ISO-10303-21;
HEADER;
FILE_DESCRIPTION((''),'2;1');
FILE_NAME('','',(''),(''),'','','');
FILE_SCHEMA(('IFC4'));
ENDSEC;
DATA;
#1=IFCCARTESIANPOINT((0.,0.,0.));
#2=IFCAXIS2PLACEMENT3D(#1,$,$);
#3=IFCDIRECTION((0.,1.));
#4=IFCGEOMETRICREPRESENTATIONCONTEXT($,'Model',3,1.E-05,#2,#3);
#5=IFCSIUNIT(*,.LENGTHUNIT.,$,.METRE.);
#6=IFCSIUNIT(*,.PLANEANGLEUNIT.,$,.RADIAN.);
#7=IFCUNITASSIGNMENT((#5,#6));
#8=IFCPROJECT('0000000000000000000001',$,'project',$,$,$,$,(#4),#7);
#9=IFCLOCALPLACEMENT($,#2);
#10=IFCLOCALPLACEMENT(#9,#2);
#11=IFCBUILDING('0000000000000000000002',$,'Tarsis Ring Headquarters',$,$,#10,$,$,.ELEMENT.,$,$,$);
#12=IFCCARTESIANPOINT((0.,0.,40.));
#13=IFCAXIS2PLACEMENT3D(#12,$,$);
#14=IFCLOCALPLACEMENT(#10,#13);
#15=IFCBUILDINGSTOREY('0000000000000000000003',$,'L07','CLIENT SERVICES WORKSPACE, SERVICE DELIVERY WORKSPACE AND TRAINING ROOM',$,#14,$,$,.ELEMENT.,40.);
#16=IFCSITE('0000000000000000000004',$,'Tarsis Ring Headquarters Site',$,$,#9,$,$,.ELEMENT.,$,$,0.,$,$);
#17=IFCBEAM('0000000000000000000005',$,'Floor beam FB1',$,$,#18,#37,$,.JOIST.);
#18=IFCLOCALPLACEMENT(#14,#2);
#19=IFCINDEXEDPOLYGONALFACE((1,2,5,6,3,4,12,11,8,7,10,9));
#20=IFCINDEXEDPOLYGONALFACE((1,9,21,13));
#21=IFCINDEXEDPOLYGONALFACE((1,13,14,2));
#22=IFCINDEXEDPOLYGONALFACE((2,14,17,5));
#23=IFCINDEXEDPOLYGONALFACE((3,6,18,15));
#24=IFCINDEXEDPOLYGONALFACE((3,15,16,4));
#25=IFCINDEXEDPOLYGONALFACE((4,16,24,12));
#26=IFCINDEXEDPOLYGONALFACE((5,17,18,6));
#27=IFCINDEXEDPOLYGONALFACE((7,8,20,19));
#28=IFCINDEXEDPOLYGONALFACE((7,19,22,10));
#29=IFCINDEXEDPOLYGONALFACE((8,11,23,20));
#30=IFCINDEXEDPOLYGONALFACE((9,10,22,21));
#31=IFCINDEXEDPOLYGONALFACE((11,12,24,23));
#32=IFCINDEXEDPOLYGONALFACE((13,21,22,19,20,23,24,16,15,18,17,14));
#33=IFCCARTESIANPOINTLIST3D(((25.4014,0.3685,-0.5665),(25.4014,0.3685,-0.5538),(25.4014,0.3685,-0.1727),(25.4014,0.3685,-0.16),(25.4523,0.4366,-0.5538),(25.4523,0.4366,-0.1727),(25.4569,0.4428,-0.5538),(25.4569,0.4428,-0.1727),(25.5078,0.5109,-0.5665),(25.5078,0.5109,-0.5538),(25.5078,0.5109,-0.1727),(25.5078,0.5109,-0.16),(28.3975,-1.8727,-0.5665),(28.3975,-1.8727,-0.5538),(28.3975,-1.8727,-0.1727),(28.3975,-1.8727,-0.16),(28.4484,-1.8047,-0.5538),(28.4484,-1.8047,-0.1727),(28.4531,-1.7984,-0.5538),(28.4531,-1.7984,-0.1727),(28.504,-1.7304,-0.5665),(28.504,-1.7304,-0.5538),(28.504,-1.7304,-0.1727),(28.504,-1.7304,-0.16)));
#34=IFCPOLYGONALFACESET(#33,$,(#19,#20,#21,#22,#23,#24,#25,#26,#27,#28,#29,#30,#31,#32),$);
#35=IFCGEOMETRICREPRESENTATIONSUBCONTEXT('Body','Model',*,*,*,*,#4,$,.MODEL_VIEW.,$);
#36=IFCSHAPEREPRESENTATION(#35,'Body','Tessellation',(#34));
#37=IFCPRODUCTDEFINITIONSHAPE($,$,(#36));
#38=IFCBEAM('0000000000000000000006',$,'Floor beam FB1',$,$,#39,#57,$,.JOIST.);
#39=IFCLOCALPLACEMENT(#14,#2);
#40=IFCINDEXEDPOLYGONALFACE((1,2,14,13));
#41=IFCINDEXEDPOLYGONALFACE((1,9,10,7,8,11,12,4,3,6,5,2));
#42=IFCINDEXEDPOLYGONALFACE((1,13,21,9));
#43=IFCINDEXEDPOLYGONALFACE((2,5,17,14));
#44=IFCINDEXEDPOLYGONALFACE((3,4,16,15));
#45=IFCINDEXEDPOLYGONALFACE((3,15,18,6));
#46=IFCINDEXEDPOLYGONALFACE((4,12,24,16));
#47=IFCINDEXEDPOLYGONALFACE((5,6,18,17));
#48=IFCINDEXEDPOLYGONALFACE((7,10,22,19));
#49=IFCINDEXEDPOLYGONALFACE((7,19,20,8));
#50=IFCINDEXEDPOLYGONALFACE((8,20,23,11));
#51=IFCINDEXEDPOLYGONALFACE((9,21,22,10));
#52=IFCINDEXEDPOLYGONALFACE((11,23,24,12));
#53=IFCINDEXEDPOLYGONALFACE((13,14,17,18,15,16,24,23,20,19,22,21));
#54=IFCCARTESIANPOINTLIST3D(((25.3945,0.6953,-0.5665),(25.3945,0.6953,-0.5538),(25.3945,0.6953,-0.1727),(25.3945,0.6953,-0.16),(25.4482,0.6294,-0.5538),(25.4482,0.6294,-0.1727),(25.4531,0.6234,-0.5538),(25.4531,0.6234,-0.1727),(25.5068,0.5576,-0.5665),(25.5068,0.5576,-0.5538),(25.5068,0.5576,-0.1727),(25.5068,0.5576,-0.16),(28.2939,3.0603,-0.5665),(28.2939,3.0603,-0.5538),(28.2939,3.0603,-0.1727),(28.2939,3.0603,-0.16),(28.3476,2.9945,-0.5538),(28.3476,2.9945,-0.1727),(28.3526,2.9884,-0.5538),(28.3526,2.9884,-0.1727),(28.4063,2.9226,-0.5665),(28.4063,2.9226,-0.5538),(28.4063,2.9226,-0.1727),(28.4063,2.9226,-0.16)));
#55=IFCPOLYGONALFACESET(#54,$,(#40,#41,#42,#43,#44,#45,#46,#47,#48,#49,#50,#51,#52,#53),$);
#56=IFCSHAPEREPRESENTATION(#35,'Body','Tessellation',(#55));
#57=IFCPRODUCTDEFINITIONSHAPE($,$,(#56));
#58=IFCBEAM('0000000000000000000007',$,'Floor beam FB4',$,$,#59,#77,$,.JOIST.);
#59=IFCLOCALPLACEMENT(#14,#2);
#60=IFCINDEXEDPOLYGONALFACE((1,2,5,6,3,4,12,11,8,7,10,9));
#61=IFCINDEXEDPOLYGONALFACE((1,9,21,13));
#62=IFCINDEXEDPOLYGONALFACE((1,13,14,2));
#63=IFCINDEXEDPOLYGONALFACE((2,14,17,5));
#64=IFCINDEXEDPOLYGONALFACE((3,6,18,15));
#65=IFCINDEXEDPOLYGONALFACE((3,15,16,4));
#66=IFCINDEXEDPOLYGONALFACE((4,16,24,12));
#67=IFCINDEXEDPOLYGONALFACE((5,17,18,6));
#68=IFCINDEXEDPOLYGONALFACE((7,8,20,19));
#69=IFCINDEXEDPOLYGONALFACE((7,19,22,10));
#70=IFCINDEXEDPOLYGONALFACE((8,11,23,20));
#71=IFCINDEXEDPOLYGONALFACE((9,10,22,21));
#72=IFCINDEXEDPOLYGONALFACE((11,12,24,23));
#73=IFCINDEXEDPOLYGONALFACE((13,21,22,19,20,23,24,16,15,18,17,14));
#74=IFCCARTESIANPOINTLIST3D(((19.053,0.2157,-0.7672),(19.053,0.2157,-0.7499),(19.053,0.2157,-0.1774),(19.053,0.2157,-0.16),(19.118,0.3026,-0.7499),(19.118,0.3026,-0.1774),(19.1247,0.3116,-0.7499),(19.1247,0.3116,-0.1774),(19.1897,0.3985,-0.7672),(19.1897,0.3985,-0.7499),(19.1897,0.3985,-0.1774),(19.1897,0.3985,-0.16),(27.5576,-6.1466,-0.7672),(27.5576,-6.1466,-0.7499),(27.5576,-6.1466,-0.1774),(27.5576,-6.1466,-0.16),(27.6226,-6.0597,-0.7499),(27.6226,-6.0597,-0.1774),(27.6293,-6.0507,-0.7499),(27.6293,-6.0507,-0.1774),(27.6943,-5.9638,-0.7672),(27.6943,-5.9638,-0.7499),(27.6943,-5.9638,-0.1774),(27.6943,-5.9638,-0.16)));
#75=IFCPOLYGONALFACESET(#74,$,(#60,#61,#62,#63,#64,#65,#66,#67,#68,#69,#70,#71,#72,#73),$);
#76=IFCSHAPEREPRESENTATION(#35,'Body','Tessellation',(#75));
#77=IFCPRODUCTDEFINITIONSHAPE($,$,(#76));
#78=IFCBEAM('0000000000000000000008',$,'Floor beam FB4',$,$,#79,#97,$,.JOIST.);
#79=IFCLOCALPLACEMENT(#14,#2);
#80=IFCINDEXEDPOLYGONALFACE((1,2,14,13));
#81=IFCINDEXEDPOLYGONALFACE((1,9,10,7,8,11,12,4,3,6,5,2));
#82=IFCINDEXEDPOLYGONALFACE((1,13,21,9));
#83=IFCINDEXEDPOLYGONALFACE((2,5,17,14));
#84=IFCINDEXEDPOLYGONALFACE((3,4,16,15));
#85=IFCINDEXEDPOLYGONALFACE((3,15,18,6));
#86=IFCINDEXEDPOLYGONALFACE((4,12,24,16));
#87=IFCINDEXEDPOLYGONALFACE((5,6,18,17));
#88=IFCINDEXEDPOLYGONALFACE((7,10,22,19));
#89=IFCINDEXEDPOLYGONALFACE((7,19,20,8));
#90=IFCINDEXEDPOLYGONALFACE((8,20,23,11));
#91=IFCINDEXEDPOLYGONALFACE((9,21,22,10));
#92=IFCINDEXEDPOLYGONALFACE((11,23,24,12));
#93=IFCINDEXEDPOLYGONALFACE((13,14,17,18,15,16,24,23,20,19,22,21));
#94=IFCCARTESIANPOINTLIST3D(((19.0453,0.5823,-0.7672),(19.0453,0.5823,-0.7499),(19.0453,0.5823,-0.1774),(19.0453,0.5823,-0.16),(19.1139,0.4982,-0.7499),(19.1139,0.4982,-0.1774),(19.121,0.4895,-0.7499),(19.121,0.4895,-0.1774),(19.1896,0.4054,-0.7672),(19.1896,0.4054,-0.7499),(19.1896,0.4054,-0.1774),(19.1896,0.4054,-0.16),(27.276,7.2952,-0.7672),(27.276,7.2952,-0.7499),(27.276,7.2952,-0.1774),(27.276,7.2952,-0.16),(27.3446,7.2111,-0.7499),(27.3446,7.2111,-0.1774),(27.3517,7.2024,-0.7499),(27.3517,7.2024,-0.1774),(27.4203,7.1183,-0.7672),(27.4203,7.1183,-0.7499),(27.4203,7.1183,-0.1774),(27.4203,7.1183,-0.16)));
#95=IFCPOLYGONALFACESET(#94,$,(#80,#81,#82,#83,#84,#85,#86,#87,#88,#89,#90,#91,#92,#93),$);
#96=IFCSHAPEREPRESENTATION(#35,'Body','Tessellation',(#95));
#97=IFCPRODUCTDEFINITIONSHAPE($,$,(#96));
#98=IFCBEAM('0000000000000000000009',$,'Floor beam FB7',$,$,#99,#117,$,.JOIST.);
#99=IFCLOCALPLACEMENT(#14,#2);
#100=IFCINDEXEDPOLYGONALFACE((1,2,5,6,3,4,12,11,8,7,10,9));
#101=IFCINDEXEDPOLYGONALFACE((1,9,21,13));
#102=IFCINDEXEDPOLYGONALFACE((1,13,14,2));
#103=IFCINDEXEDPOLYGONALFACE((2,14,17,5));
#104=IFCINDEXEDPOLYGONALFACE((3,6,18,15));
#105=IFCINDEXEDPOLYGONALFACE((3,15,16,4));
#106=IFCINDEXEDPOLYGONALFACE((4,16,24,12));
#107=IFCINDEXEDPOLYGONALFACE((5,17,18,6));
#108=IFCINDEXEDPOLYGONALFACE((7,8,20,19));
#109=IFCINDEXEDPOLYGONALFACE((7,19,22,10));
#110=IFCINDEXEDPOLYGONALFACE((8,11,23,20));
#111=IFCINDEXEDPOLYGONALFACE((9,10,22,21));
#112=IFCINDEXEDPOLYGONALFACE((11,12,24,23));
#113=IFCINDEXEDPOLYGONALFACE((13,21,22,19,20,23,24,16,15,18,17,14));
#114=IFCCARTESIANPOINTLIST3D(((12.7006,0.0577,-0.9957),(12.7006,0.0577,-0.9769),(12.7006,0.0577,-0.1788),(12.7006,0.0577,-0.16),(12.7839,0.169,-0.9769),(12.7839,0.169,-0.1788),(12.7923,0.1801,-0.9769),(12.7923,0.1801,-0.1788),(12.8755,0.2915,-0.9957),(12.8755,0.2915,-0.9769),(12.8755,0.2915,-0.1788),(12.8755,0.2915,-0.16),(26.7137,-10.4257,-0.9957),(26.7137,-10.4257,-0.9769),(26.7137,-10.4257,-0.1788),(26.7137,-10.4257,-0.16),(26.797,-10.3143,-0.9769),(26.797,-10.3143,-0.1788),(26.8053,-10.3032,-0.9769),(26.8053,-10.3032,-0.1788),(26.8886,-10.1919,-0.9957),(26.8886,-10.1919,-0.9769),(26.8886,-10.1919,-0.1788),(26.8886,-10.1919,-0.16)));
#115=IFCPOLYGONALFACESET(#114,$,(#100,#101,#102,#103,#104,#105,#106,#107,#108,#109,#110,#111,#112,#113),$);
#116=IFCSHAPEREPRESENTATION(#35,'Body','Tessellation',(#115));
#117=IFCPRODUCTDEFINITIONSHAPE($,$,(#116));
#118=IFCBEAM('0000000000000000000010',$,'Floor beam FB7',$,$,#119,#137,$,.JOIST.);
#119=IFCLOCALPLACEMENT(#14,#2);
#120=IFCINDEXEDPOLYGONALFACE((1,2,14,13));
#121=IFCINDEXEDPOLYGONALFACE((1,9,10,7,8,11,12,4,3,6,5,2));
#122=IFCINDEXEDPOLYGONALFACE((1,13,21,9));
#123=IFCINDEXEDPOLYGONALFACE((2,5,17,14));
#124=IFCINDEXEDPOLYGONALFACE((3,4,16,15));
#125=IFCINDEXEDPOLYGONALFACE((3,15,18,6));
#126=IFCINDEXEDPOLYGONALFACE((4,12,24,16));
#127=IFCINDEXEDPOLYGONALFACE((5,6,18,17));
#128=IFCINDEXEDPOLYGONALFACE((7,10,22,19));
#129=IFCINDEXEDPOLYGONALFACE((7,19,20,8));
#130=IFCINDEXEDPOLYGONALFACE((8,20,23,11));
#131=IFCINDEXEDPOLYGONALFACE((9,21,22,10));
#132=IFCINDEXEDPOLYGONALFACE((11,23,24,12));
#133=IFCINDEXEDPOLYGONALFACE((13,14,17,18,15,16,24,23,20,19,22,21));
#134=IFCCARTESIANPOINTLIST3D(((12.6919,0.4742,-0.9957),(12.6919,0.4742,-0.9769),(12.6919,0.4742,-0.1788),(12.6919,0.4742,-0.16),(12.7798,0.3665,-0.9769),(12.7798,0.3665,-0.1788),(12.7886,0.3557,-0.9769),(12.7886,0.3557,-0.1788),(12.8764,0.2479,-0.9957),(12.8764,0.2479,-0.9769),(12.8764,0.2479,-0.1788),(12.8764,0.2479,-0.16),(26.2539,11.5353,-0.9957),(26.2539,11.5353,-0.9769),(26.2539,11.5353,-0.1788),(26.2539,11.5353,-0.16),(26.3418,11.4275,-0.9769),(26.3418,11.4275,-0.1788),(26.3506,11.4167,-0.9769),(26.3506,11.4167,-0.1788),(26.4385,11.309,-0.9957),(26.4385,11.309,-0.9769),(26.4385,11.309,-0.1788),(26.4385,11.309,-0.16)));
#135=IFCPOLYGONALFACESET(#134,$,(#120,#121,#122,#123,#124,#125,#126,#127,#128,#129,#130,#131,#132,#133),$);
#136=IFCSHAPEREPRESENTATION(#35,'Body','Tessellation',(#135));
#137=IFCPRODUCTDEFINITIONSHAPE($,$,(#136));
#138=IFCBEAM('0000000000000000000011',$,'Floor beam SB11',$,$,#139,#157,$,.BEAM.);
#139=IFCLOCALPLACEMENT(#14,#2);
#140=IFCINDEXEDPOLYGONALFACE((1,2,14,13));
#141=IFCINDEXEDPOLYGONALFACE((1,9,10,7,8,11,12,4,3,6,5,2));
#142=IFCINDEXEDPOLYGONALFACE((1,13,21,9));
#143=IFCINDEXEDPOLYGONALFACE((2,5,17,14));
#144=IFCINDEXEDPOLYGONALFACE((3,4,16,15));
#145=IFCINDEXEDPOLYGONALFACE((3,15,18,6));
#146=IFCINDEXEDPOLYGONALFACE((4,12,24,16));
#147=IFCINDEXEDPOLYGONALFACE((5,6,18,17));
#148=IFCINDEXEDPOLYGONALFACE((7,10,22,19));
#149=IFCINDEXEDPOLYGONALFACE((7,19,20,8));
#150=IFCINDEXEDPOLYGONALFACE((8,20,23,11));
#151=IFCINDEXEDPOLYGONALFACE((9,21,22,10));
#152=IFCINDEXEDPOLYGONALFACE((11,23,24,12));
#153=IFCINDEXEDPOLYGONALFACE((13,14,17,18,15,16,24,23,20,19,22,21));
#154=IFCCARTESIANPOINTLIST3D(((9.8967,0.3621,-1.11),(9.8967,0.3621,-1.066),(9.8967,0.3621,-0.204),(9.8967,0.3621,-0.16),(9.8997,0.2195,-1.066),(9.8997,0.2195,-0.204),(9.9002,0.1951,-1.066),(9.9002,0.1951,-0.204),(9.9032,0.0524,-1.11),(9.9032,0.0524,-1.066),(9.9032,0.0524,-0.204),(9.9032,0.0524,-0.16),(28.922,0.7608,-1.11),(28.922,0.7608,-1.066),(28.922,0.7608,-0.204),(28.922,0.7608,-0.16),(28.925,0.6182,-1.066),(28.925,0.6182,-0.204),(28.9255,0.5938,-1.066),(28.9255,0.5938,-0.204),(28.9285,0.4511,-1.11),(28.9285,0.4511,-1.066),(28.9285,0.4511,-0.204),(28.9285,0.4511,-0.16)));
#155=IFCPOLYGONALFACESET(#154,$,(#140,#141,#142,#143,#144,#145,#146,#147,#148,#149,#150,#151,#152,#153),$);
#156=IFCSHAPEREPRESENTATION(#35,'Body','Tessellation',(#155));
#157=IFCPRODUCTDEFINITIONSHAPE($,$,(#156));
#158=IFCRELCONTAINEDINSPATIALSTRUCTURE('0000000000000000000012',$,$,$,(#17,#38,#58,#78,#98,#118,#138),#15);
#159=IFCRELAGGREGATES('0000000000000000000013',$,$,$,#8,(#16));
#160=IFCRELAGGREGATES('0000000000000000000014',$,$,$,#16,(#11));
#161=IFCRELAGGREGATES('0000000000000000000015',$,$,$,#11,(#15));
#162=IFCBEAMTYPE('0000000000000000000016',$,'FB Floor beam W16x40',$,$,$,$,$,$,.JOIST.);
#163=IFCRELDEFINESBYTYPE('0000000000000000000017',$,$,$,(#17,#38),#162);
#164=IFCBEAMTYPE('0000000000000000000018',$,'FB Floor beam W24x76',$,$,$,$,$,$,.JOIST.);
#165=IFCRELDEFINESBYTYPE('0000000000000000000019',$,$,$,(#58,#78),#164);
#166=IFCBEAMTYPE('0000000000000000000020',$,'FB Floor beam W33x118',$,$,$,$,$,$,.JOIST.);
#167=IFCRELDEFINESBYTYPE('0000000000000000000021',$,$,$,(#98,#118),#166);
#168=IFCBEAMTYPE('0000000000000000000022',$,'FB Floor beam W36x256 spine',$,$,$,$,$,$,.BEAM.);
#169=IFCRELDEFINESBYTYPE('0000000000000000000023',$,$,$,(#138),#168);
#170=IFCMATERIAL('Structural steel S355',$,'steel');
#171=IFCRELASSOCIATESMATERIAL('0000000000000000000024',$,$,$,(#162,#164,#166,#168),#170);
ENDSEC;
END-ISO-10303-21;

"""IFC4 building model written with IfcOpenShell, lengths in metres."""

from ifc_helpers import new_model, si_unit, direction, frame, origin, origin_2d, place, context, subcontext, project, spatial, i_section, extrude, material, material_profile, profile_set, type_object, element, save


model = new_model("IFC4")

# Units and contexts
model_context = context("Model", 3, precision=1e-05, world=origin(), true_north=direction((0.0, 1.0)))
body_context = subcontext(model_context, "Body", "Model", "MODEL_VIEW")
ifc_project = project(units=[si_unit("LENGTHUNIT", "METRE"), si_unit("PLANEANGLEUNIT", "RADIAN")], contexts=[model_context])

# Site, building, storey
site_placement = place(None, origin())
site = spatial("IfcSite", under=ifc_project, at=site_placement, Name="Tarsis Ring Headquarters Site", CompositionType="ELEMENT", RefElevation=0.0)
building_placement = place(site_placement, origin())
building = spatial("IfcBuilding", under=site, at=building_placement, Name="Tarsis Ring Headquarters", CompositionType="ELEMENT")
storey_placement = place(building_placement, frame((0.0, 0.0, 40.0)))
storey = spatial("IfcBuildingStorey", under=building, at=storey_placement, Name="L07", Description="CLIENT SERVICES WORKSPACE, SERVICE DELIVERY WORKSPACE AND TRAINING ROOM", CompositionType="ELEMENT", Elevation=40.0)

# Beams
ifc_material_1 = material(Name="Structural steel S355", Category="steel")
ifc_material_profile_1 = material_profile(ifc_material_1, i_section(OverallWidth=0.1777, OverallDepth=0.4065, WebThickness=0.0078, FlangeThickness=0.0127, at=origin_2d()), Name="W16x40")
ifc_profile_set_1 = profile_set([ifc_material_profile_1], Name="Structural steel S355")
beam_type_1 = type_object("IfcBeamType", Name="FB Floor beam W16x40", PredefinedType="JOIST", material=ifc_profile_set_1)
for number, where, z_axis, x_axis, name in (
    (1, (25.4546, 0.4397, -0.3633), (0.800751, -0.598997, 0.0), (0.598997, 0.800751, 0.0), "Floor beam FB1"),
    (2, (28.3501, 2.9915, -0.3633), (-0.774907, -0.632075, 0.0), (0.632075, -0.774907, 0.0), "Floor beam FB1"),
):
    element("IfcBeam", number, at=place(storey_placement, frame(where, z_axis=z_axis, x_axis=x_axis)), inside=storey, type_object=beam_type_1, Name=name, PredefinedType="JOIST", context=body_context, shape_type="SweptSolid", body=[
        extrude(i_section(OverallWidth=0.1777, OverallDepth=0.4065, WebThickness=0.0078, FlangeThickness=0.0127, at=origin_2d()), origin(), (0.0, 0.0, 1.0), 3.7417),
    ])
ifc_material_profile_2 = material_profile(ifc_material_1, i_section(OverallWidth=0.2283, OverallDepth=0.6072, WebThickness=0.0112, FlangeThickness=0.0173, at=origin_2d()), Name="W24x76")
ifc_profile_set_2 = profile_set([ifc_material_profile_2], Name="Structural steel S355")
beam_type_2 = type_object("IfcBeamType", Name="FB Floor beam W24x76", PredefinedType="JOIST", material=ifc_profile_set_2)
for number, where, z_axis, x_axis, name in (
    (3, (19.1213, 0.3071, -0.4636), (0.80073, -0.599025, 0.0), (0.599025, 0.80073, 0.0), "Floor beam FB4"),
    (4, (27.3481, 7.2068, -0.4636), (-0.774941, -0.632034, 0.0), (0.632034, -0.774941, 0.0), "Floor beam FB4"),
):
    element("IfcBeam", number, at=place(storey_placement, frame(where, z_axis=z_axis, x_axis=x_axis)), inside=storey, type_object=beam_type_2, Name=name, PredefinedType="JOIST", context=body_context, shape_type="SweptSolid", body=[
        extrude(i_section(OverallWidth=0.2283, OverallDepth=0.6072, WebThickness=0.0112, FlangeThickness=0.0173, at=origin_2d()), origin(), (0.0, 0.0, 1.0), 10.6211),
    ])
ifc_material_profile_3 = material_profile(ifc_material_1, i_section(OverallWidth=0.292, OverallDepth=0.8357, WebThickness=0.0139, FlangeThickness=0.0188, at=origin_2d()), Name="W33x118")
ifc_profile_set_3 = profile_set([ifc_material_profile_3], Name="Structural steel S355")
beam_type_3 = type_object("IfcBeamType", Name="FB Floor beam W33x118", PredefinedType="JOIST", material=ifc_profile_set_3)
beam_1_placement = place(storey_placement, frame((12.7881, 0.1746, -0.5779), z_axis=(0.800726, -0.599031, 0.0), x_axis=(0.599031, 0.800726, 0.0)))
element("IfcBeam", 5, at=beam_1_placement, inside=storey, type_object=beam_type_3, Name="Floor beam FB7", PredefinedType="JOIST", context=body_context, shape_type="SweptSolid", body=[
    extrude(i_section(OverallWidth=0.292, OverallDepth=0.8357, WebThickness=0.0139, FlangeThickness=0.0188, at=origin_2d()), origin(), (0.0, 0.0, 1.0), 17.5005),
])
beam_2_placement = place(storey_placement, frame((26.3462, 11.4221, -0.5779), z_axis=(-0.774941, -0.632034, 0.0), x_axis=(0.632034, -0.774941, 0.0)))
element("IfcBeam", 6, at=beam_2_placement, inside=storey, type_object=beam_type_3, Name="Floor beam FB7", PredefinedType="JOIST", context=body_context, shape_type="SweptSolid", body=[
    extrude(i_section(OverallWidth=0.292, OverallDepth=0.8357, WebThickness=0.0139, FlangeThickness=0.0188, at=origin_2d()), origin(), (0.0, 0.0, 1.0), 17.5007),
])
ifc_material_profile_4 = material_profile(ifc_material_1, i_section(OverallWidth=0.3098, OverallDepth=0.95, WebThickness=0.0244, FlangeThickness=0.0439, at=origin_2d()), Name="W36x256")
ifc_profile_set_4 = profile_set([ifc_material_profile_4], Name="Structural steel S355")
beam_type_4 = type_object("IfcBeamType", Name="FB Floor beam W36x256 spine", PredefinedType="BEAM", material=ifc_profile_set_4)
beam_3_placement = place(storey_placement, frame((28.9253, 0.606, -0.635), z_axis=(-0.999781, -0.020951, 0.0), x_axis=(0.020951, -0.999781, 0.0)))
element("IfcBeam", 7, at=beam_3_placement, inside=storey, type_object=beam_type_4, Name="Floor beam SB11", PredefinedType="BEAM", context=body_context, shape_type="SweptSolid", body=[
    extrude(i_section(OverallWidth=0.3098, OverallDepth=0.95, WebThickness=0.0244, FlangeThickness=0.0439, at=origin_2d()), origin(), (0.0, 0.0, 1.0), 19.0295),
])

save(model, "model.ifc")
